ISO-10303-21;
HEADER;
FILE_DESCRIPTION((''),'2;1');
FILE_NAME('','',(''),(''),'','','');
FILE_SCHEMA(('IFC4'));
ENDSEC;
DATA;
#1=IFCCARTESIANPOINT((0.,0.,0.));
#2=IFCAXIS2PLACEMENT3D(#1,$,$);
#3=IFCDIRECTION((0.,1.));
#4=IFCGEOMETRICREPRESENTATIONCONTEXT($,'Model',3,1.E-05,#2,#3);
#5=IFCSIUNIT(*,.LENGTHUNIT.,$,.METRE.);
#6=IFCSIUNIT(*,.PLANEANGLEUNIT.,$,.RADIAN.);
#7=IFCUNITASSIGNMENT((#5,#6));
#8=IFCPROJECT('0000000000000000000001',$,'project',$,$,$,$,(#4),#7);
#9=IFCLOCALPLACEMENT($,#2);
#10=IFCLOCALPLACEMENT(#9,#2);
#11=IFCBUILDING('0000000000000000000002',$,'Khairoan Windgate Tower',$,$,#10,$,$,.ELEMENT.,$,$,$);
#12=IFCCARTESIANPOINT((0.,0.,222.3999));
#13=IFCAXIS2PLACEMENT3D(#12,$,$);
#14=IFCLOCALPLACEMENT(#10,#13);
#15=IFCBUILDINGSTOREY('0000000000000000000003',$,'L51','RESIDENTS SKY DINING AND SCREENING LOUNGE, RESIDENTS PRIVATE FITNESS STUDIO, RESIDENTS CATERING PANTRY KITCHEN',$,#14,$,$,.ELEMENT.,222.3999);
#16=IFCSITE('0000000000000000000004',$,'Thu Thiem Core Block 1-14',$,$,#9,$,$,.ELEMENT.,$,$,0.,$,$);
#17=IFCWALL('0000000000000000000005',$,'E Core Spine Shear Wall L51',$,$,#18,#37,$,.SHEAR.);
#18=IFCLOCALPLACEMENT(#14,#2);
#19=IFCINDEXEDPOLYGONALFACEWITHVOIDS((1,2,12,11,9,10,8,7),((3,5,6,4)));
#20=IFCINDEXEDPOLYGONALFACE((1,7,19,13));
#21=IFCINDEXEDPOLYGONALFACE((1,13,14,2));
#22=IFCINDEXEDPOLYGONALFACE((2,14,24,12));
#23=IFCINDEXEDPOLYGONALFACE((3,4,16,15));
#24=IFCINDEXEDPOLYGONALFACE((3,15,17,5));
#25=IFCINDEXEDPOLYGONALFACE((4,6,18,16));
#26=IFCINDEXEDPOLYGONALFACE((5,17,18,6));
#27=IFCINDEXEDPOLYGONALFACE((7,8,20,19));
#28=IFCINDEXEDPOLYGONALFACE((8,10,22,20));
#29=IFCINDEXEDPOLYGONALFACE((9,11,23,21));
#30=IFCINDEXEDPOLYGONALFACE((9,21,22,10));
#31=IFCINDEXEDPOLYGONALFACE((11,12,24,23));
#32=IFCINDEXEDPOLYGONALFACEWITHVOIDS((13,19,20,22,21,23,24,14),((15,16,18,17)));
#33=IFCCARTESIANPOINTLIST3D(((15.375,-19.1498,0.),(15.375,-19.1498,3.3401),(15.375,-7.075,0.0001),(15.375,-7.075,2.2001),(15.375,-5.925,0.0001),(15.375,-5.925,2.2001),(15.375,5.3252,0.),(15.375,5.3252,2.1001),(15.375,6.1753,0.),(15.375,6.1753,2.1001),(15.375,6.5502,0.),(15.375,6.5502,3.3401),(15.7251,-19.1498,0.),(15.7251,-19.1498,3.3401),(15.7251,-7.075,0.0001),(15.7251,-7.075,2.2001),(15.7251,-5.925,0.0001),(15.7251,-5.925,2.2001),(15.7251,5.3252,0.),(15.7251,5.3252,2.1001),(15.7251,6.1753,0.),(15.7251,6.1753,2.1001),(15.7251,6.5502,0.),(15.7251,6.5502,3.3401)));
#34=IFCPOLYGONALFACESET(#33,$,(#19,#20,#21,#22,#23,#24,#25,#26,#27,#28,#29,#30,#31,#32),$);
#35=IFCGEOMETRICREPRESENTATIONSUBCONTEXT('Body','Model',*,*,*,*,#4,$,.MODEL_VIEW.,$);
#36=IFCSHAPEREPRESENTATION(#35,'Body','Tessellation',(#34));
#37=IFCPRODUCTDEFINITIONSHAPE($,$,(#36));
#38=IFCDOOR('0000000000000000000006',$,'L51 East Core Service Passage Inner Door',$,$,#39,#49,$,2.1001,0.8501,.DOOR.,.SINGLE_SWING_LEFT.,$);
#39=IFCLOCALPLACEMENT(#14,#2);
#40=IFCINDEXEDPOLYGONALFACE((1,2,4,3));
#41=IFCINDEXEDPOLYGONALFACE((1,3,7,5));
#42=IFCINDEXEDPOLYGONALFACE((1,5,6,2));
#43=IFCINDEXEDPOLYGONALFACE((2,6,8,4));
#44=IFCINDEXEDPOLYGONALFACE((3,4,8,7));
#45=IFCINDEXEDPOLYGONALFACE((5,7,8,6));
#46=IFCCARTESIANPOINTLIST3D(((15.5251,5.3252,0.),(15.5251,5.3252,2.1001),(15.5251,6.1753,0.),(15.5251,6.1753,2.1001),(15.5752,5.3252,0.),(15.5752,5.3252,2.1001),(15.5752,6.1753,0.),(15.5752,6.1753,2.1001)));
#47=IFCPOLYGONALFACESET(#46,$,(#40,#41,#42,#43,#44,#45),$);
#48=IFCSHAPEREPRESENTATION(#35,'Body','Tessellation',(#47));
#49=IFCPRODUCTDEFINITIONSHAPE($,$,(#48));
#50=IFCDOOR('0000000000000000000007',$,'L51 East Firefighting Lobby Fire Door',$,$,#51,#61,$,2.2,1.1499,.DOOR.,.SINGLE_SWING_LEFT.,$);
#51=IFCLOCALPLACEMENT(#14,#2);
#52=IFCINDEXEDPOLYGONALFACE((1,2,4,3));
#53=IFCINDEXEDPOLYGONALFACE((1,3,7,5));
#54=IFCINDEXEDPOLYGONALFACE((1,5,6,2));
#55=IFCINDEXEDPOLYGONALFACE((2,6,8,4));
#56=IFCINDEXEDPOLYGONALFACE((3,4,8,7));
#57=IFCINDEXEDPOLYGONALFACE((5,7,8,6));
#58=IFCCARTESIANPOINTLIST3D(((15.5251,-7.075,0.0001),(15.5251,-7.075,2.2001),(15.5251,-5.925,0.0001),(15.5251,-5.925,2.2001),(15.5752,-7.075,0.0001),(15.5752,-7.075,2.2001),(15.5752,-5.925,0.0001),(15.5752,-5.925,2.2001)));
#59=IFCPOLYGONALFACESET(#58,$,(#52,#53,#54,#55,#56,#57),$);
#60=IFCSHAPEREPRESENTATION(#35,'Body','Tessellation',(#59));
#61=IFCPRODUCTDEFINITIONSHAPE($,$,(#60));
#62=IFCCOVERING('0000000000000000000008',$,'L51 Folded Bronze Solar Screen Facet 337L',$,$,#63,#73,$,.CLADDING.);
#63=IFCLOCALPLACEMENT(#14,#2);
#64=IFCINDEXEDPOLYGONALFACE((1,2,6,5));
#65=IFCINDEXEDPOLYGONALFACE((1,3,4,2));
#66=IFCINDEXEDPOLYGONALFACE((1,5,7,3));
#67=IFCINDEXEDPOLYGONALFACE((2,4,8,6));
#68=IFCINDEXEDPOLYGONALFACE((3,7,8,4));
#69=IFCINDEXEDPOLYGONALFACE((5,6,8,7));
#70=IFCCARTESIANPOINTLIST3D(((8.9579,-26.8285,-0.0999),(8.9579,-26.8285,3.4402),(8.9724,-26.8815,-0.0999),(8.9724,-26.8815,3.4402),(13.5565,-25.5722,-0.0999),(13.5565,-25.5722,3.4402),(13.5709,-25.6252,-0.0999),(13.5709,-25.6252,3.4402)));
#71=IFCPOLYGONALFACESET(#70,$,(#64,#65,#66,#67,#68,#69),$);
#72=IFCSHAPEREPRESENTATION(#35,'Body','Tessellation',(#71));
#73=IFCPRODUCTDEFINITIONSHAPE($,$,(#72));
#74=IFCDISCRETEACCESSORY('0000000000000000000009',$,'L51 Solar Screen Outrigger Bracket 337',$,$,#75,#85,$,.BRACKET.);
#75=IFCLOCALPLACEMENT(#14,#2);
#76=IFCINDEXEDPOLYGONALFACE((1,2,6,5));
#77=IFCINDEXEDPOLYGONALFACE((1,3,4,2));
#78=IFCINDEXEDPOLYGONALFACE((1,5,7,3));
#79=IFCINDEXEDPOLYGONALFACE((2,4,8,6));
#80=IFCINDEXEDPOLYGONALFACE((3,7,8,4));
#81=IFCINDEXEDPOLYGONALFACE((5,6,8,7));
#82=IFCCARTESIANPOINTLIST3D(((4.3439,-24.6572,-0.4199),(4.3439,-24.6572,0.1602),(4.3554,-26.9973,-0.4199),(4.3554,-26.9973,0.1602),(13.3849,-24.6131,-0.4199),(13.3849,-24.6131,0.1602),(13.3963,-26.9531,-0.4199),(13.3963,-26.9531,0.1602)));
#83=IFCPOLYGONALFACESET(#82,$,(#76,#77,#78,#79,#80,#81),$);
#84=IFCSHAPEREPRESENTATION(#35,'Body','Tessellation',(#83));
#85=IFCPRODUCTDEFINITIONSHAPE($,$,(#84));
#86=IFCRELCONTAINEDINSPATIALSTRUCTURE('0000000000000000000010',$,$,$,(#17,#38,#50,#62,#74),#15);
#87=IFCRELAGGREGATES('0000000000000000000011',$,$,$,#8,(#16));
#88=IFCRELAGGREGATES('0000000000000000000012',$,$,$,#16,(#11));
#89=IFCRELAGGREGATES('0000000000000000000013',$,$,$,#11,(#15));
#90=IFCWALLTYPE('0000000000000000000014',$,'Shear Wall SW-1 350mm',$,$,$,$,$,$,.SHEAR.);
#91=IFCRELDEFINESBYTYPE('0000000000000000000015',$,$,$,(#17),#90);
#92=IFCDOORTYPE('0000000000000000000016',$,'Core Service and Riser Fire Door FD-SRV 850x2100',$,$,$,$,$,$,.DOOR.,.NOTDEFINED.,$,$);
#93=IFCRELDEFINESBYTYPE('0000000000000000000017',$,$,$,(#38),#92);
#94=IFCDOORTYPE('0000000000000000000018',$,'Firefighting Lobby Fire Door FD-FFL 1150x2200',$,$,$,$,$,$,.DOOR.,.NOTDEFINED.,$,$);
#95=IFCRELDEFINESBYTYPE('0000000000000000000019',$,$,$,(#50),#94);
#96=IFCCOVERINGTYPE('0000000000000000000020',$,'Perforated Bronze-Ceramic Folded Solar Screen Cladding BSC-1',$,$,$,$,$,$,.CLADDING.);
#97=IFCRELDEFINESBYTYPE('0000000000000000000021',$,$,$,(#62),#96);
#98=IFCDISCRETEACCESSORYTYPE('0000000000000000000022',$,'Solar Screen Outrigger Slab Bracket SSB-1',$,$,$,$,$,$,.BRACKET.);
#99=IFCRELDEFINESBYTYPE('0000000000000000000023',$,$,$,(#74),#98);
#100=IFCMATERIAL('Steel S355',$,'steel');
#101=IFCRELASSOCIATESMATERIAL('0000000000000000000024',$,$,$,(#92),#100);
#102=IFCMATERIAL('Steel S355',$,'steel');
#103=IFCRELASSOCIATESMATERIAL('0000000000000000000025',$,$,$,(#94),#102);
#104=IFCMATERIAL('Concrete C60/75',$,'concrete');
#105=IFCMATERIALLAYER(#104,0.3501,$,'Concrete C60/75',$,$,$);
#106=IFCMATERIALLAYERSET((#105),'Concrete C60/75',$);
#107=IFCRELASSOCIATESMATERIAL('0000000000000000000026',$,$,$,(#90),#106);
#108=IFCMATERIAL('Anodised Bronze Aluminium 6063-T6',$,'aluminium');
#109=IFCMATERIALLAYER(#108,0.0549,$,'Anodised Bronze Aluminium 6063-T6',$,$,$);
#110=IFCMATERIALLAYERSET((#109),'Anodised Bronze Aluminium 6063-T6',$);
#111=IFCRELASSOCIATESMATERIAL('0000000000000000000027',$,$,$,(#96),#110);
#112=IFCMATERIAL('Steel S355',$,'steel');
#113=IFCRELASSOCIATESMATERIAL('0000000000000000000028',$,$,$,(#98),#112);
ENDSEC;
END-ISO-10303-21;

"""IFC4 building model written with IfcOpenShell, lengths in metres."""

from ifc_helpers import new_model, si_unit, direction, frame, frame_2d, origin, origin_2d, place, context, subcontext, project, spatial, rectangle, extrude, material, layer, layer_set, type_object, element, fill, save


model = new_model("IFC4")

# Units and contexts
model_context = context("Model", 3, precision=1e-05, world=origin(), true_north=direction((0.0, 1.0)))
body_context = subcontext(model_context, "Body", "Model", "MODEL_VIEW")
ifc_project = project(units=[si_unit("LENGTHUNIT", "METRE"), si_unit("PLANEANGLEUNIT", "RADIAN")], contexts=[model_context])

# Site, building, storey
site_placement = place(None, origin())
site = spatial("IfcSite", under=ifc_project, at=site_placement, Name="Thu Thiem Core Block 1-14", CompositionType="ELEMENT", RefElevation=0.0)
building_placement = place(site_placement, origin())
building = spatial("IfcBuilding", under=site, at=building_placement, Name="Khairoan Windgate Tower", CompositionType="ELEMENT")
storey_placement = place(building_placement, frame((0.0, 0.0, 222.3999)))
storey = spatial("IfcBuildingStorey", under=building, at=storey_placement, Name="L51", Description="RESIDENTS SKY DINING AND SCREENING LOUNGE, RESIDENTS PRIVATE FITNESS STUDIO, RESIDENTS CATERING PANTRY KITCHEN", CompositionType="ELEMENT", Elevation=222.3999)

# Shared definitions
ifc_material_1 = material(Name="Steel S355", Category="steel")
door_type_1 = type_object("IfcDoorType", Name="Core Service and Riser Fire Door FD-SRV 850x2100", OperationType="NOTDEFINED", PredefinedType="DOOR", material=ifc_material_1)
ifc_material_2 = material(Name="Steel S355", Category="steel")
door_type_2 = type_object("IfcDoorType", Name="Firefighting Lobby Fire Door FD-FFL 1150x2200", OperationType="NOTDEFINED", PredefinedType="DOOR", material=ifc_material_2)

# Wall, openings, doors
ifc_material_3 = material(Name="Concrete C60/75", Category="concrete")
ifc_layer_1 = layer(ifc_material_3, 0.3501, Name="Concrete C60/75")
ifc_layer_set_1 = layer_set([ifc_layer_1], Name="Concrete C60/75")
wall_type_1 = type_object("IfcWallType", Name="Shear Wall SW-1 350mm", PredefinedType="SHEAR", material=ifc_layer_set_1)
wall_1_placement = place(storey_placement, frame((15.55, -19.1499, 0.0), z_axis=(0.0, 0.0, 1.0), x_axis=(0.0, 1.0, 0.0)))
wall_1 = element("IfcWall", 1, at=wall_1_placement, inside=storey, type_object=wall_type_1, Name="E Core Spine Shear Wall L51", PredefinedType="SHEAR", context=body_context, shape_type="SweptSolid", body=[
    extrude(rectangle(XDim=25.7, YDim=0.3501, at=frame_2d((12.8501, 0.0))), origin(), (0.0, 0.0, 1.0), 3.3401),
])
opening_1_placement = place(wall_1_placement, frame((12.075, 0.0, 0.0)))
opening_1 = element("IfcOpeningElement", 2, at=opening_1_placement, cuts=wall_1, PredefinedType="OPENING", context=body_context, shape_type="SweptSolid", body=[
    extrude(rectangle(XDim=1.1499, YDim=2.2, at=frame_2d((0.575, 1.1001))), frame((0.0, 0.1851, 0.0), z_axis=(0.0, -1.0, 0.0), x_axis=(1.0, 0.0, 0.0)), (0.0, 0.0, 1.0), 0.3701),
])
opening_2_placement = place(wall_1_placement, frame((24.4751, 0.0, 0.0)))
opening_2 = element("IfcOpeningElement", 3, at=opening_2_placement, cuts=wall_1, PredefinedType="OPENING", context=body_context, shape_type="SweptSolid", body=[
    extrude(rectangle(XDim=0.8501, YDim=2.1001, at=frame_2d((0.425, 1.05))), frame((0.0, 0.1851, 0.0), z_axis=(0.0, -1.0, 0.0), x_axis=(1.0, 0.0, 0.0)), (0.0, 0.0, 1.0), 0.3701),
])
door_1_placement = place(opening_2_placement, origin())
door_1 = element("IfcDoor", 4, at=door_1_placement, inside=storey, type_object=door_type_1, Name="L51 East Core Service Passage Inner Door", OperationType="SINGLE_SWING_LEFT", OverallHeight=2.1001, OverallWidth=0.8501, PredefinedType="DOOR", context=body_context, shape_type="SweptSolid", body=[
    extrude(rectangle(XDim=0.8501, YDim=2.1001, at=frame_2d((0.425, 1.05))), frame((0.0, 0.0249, 0.0), z_axis=(0.0, -1.0, 0.0), x_axis=(1.0, 0.0, 0.0)), (0.0, 0.0, 1.0), 0.05),
])
fill(opening_2, door_1)
door_2_placement = place(opening_1_placement, origin())
door_2 = element("IfcDoor", 5, at=door_2_placement, inside=storey, type_object=door_type_2, Name="L51 East Firefighting Lobby Fire Door", OperationType="SINGLE_SWING_LEFT", OverallHeight=2.2, OverallWidth=1.1499, PredefinedType="DOOR", context=body_context, shape_type="SweptSolid", body=[
    extrude(rectangle(XDim=1.1499, YDim=2.2, at=frame_2d((0.575, 1.1001))), frame((0.0, 0.0249, 0.0), z_axis=(0.0, -1.0, 0.0), x_axis=(1.0, 0.0, 0.0)), (0.0, 0.0, 1.0), 0.05),
])
fill(opening_1, door_2)

# Covering
ifc_material_4 = material(Name="Anodised Bronze Aluminium 6063-T6", Category="aluminium")
ifc_layer_2 = layer(ifc_material_4, 0.0549, Name="Anodised Bronze Aluminium 6063-T6")
ifc_layer_set_2 = layer_set([ifc_layer_2], Name="Anodised Bronze Aluminium 6063-T6")
covering_type = type_object("IfcCoveringType", Name="Perforated Bronze-Ceramic Folded Solar Screen Cladding BSC-1", PredefinedType="CLADDING", material=ifc_layer_set_2)
covering_placement = place(storey_placement, frame((11.2644, -26.2268, -0.0999), z_axis=(0.0, 0.0, 1.0), x_axis=(-0.964649, -0.263536, 0.0)))
element("IfcCovering", 6, at=covering_placement, inside=storey, type_object=covering_type, Name="L51 Folded Bronze Solar Screen Facet 337L", PredefinedType="CLADDING", context=body_context, shape_type="SweptSolid", body=[
    extrude(rectangle(XDim=4.7671, YDim=0.0549, at=origin_2d()), origin(), (0.0, 0.0, 1.0), 3.54),
])

# Discrete accessory
ifc_material_5 = material(Name="Steel S355", Category="steel")
discrete_accessory_type = type_object("IfcDiscreteAccessoryType", Name="Solar Screen Outrigger Slab Bracket SSB-1", PredefinedType="BRACKET", material=ifc_material_5)
discrete_accessory_placement = place(storey_placement, frame((8.8701, -25.8052, -0.4199), z_axis=(0.0, 0.0, 1.0), x_axis=(-0.999988, -0.004887, 0.0)))
element("IfcDiscreteAccessory", 7, at=discrete_accessory_placement, inside=storey, type_object=discrete_accessory_type, Name="L51 Solar Screen Outrigger Bracket 337", PredefinedType="BRACKET", context=body_context, shape_type="SweptSolid", body=[
    extrude(rectangle(XDim=9.041, YDim=2.3401, at=origin_2d()), origin(), (0.0, 0.0, 1.0), 0.5801),
])

save(model, "model.ifc")
